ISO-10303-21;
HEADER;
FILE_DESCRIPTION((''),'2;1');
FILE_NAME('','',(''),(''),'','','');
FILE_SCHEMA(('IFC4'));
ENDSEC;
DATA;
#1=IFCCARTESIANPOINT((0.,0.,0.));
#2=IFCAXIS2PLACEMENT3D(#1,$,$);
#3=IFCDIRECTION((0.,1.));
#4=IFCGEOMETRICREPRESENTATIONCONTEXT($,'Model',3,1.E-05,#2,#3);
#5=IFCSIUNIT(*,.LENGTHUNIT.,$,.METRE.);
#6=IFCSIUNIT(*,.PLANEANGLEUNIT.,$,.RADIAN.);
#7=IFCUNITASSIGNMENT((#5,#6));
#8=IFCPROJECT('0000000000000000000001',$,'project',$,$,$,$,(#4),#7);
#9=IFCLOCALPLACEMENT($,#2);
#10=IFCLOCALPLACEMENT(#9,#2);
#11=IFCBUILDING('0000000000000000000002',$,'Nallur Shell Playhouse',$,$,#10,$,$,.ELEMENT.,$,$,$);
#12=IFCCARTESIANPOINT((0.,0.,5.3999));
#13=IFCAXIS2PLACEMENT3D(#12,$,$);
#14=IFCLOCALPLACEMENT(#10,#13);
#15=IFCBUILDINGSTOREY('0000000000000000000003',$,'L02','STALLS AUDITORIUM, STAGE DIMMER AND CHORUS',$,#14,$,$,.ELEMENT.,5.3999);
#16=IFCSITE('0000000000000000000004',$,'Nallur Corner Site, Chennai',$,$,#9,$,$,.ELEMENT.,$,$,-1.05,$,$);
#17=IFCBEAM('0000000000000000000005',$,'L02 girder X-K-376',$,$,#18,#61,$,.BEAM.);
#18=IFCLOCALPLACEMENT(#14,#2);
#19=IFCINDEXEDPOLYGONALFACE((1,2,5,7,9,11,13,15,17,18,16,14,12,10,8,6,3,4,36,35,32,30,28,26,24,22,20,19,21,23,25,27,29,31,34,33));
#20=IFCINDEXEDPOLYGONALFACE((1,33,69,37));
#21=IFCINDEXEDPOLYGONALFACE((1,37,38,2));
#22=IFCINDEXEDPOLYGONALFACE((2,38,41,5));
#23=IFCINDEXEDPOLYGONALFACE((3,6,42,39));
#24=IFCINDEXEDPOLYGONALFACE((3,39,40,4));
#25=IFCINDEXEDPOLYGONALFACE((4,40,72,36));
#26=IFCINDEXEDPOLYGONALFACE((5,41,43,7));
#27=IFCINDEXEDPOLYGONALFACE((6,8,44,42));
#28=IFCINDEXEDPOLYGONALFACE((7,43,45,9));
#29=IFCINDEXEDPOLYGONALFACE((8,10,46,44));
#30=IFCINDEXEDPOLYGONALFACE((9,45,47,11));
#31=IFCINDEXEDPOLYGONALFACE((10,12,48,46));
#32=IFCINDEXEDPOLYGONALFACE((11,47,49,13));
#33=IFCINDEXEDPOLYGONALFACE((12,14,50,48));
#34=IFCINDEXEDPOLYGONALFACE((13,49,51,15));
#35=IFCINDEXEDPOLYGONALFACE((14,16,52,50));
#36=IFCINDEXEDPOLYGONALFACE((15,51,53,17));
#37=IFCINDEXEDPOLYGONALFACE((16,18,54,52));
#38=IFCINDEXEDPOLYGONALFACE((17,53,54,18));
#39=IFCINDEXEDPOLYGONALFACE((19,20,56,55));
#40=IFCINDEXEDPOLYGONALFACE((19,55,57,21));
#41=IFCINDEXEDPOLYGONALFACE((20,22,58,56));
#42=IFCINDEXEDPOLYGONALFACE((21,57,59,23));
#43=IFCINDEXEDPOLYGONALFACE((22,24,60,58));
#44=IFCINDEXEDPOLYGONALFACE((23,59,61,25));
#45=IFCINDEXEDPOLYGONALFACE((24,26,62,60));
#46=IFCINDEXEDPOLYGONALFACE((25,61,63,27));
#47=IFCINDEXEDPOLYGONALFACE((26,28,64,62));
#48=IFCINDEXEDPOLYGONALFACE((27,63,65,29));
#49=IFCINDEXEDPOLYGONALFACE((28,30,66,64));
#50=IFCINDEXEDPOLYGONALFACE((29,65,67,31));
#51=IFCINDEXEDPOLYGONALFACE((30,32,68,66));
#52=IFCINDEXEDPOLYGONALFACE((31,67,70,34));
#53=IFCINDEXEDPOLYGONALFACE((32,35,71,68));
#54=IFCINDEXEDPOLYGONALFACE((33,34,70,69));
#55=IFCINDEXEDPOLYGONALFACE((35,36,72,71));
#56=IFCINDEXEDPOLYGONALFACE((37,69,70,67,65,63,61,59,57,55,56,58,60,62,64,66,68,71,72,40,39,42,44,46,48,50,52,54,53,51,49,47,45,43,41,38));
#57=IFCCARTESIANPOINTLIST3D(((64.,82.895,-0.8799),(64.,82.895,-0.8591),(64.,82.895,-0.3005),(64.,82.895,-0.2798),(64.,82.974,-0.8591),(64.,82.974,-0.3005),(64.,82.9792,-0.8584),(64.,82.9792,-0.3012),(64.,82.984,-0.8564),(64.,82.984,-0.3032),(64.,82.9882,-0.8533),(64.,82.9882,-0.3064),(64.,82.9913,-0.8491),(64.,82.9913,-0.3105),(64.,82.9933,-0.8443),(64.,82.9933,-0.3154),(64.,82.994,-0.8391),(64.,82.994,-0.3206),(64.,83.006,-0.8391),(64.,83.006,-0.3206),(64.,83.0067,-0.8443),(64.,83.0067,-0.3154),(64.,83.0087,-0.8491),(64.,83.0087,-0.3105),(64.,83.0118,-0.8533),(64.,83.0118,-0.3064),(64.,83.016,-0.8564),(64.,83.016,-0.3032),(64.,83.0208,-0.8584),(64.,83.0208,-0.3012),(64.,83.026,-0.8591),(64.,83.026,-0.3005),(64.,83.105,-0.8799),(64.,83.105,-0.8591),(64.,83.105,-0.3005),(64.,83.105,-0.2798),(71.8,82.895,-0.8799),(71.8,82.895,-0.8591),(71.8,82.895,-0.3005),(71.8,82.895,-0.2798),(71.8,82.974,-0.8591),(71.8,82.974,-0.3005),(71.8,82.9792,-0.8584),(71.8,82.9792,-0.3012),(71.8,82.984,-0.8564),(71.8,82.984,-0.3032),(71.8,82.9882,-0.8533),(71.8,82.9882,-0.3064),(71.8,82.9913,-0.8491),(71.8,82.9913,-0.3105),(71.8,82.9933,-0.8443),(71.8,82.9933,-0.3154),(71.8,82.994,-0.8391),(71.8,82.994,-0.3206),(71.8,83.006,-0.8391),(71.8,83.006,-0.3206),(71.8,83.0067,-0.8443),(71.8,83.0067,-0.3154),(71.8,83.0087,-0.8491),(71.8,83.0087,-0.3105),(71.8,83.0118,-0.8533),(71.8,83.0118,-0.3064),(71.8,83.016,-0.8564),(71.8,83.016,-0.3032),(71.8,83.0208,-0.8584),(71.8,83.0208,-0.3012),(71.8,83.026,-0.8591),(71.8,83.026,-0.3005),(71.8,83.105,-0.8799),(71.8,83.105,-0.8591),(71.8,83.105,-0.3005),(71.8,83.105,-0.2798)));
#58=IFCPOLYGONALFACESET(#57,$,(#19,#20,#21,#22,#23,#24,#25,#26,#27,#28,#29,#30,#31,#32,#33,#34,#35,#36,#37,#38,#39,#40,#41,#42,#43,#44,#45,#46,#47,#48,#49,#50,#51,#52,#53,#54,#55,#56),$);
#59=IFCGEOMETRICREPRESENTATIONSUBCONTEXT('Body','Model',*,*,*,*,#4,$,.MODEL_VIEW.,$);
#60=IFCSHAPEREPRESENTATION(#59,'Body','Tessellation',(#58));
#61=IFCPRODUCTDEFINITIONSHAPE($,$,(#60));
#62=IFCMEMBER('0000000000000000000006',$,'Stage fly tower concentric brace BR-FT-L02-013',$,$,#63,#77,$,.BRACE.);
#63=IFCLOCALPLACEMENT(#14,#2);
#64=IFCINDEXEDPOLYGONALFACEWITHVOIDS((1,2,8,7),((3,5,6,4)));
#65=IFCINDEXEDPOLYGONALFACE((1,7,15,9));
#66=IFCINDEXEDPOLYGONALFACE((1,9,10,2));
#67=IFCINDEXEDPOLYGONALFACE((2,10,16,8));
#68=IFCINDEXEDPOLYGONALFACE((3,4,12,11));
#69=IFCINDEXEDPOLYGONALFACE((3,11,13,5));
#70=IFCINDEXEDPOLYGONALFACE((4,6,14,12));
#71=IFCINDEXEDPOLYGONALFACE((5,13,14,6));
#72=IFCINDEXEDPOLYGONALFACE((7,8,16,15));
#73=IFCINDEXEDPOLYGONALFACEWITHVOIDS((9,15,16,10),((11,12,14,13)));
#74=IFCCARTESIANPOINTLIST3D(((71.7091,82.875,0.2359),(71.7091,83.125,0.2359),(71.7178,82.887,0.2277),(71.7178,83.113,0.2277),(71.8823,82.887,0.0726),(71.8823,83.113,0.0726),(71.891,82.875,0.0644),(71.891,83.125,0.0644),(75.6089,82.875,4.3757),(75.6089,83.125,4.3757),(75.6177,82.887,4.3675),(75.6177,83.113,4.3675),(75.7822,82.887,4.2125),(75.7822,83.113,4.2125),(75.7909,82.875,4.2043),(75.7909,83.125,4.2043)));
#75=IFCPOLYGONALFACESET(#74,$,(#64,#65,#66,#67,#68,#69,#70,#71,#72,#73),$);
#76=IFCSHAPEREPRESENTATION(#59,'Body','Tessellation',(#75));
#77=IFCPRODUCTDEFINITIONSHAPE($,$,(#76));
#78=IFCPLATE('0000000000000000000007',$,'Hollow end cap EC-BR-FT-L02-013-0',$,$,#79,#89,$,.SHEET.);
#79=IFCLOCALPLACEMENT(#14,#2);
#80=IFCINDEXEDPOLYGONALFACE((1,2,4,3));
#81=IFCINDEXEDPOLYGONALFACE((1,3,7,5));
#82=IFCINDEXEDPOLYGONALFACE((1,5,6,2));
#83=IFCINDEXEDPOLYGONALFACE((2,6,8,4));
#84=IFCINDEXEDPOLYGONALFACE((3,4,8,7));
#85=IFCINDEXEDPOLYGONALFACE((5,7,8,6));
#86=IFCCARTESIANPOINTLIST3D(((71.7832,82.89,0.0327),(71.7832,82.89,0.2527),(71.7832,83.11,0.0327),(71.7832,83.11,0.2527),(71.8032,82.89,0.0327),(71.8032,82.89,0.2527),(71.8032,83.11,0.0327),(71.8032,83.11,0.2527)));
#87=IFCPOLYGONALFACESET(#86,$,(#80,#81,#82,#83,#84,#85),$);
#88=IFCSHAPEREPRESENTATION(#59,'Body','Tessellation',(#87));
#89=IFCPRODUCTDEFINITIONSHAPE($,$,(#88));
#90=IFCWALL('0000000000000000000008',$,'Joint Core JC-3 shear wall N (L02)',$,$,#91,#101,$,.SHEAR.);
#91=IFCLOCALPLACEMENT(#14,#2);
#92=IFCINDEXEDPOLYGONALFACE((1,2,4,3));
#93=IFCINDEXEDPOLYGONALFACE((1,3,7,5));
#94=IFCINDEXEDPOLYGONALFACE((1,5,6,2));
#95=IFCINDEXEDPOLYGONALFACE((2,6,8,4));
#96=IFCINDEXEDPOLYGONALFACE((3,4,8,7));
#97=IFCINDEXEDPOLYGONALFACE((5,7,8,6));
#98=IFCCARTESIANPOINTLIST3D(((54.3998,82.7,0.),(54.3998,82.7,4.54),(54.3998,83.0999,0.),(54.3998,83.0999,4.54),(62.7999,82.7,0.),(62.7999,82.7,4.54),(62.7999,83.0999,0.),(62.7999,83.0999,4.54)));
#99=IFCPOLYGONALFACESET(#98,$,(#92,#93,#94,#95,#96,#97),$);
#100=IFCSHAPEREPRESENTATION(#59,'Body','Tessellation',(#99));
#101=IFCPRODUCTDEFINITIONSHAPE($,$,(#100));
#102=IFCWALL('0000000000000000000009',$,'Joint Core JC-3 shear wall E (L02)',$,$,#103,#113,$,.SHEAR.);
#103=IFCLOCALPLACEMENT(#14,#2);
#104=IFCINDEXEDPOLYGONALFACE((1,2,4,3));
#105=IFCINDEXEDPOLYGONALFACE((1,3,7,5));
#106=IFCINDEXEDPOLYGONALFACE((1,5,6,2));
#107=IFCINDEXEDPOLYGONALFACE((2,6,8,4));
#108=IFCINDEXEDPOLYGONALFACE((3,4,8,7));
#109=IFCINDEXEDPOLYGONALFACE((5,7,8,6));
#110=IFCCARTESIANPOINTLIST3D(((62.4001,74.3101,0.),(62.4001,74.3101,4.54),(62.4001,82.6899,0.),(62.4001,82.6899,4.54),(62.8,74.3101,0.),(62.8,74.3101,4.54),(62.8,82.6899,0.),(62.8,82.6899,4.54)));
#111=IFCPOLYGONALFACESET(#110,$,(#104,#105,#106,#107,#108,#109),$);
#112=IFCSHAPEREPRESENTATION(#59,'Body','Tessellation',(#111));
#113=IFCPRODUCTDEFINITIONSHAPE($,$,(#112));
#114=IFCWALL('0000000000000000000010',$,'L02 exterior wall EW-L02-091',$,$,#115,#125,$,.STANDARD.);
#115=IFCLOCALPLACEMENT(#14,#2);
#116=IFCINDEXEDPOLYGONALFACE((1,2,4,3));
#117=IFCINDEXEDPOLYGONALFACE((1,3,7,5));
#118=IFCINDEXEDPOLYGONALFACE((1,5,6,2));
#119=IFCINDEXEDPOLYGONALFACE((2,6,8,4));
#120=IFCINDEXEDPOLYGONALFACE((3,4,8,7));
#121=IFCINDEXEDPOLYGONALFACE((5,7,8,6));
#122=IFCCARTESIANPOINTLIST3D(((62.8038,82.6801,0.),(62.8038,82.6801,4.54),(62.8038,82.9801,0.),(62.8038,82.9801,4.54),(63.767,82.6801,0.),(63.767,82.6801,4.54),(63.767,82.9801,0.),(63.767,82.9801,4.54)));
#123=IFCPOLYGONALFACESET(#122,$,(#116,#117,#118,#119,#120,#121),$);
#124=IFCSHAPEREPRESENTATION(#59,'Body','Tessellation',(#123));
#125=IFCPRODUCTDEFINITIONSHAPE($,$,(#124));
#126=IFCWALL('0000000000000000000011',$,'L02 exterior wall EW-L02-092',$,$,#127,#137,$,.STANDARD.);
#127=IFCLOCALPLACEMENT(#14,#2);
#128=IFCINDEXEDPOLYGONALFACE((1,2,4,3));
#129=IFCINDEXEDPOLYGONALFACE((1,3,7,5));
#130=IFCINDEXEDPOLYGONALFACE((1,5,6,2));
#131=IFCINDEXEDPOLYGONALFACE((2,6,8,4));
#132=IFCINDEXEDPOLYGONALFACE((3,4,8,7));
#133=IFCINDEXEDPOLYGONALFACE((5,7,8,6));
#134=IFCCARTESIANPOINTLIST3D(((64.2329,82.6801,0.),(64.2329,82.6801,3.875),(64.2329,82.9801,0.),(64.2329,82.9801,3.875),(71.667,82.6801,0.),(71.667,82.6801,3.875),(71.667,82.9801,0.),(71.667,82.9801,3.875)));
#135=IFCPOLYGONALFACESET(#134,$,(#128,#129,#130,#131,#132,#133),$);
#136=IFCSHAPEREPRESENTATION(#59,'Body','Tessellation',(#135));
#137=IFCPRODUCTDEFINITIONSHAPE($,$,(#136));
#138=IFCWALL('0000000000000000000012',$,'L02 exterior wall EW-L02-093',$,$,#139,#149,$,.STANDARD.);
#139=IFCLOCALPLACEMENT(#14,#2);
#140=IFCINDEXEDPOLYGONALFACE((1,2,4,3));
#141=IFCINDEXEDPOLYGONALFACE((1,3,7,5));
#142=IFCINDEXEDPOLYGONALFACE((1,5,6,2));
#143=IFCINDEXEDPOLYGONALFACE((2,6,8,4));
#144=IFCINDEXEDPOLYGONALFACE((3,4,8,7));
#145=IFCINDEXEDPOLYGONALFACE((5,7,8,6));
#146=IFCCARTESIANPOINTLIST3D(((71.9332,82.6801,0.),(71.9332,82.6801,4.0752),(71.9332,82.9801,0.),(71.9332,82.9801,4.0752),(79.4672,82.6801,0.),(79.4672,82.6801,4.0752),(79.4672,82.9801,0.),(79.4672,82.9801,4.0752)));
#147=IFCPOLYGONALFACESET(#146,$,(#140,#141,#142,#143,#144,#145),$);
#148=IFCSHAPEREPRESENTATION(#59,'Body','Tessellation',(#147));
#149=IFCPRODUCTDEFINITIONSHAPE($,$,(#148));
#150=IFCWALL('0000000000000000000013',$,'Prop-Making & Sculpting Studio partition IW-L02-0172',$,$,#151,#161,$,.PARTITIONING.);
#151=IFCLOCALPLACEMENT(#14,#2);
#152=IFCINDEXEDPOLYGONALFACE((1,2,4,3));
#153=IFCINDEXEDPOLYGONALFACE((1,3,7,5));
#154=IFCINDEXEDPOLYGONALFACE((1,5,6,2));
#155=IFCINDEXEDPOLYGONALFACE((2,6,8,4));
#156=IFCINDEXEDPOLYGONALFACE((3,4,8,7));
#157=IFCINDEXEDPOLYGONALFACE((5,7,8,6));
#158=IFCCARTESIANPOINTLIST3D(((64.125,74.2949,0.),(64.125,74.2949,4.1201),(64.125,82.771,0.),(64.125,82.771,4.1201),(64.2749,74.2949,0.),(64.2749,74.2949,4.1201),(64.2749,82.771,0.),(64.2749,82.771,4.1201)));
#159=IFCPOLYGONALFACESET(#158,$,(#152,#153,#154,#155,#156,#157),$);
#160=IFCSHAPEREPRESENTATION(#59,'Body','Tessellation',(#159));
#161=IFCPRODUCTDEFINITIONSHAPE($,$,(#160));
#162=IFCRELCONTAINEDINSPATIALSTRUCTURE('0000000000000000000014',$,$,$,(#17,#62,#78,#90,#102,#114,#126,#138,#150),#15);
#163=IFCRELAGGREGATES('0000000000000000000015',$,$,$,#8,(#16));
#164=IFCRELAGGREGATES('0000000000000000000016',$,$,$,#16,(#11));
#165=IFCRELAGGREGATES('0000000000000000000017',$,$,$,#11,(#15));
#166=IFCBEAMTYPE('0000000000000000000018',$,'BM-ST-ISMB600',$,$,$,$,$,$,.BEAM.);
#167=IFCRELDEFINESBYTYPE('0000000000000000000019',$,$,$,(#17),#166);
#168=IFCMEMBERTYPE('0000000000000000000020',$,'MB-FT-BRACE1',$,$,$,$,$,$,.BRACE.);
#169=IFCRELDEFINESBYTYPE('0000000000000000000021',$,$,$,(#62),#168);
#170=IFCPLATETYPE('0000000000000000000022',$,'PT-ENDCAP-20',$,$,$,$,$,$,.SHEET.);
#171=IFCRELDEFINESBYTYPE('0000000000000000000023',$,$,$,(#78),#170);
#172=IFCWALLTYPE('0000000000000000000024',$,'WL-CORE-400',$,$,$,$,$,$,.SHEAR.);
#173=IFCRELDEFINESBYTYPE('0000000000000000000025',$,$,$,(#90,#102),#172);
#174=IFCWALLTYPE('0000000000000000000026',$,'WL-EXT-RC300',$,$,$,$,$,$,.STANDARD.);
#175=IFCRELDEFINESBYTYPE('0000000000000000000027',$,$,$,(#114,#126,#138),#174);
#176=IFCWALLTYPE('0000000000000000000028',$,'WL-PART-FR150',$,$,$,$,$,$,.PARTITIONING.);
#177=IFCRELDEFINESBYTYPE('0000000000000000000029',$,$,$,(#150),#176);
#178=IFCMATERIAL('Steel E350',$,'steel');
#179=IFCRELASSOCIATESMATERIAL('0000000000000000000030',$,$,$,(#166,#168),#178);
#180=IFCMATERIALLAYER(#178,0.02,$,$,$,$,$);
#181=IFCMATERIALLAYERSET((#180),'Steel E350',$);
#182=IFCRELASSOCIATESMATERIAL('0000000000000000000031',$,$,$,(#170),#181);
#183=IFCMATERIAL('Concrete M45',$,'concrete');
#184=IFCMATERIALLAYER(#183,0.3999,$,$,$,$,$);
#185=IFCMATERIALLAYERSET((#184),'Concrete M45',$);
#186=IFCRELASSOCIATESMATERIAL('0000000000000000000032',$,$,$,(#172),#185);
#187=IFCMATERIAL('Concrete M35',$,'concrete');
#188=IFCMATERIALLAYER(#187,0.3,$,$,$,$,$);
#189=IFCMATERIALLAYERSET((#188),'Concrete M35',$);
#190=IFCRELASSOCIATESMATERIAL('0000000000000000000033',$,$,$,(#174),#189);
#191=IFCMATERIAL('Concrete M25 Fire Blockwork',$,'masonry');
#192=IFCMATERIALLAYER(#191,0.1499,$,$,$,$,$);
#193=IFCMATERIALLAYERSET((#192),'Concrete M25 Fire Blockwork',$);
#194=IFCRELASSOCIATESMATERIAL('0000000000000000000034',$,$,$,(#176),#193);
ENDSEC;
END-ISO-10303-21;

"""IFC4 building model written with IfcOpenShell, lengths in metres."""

from ifc_helpers import new_model, si_unit, direction, frame, frame_2d, origin, origin_2d, place, context, subcontext, project, spatial, rectangle, hollow_rectangle, i_section, extrude, material, layer, layer_set, material_profile, profile_set, type_object, element, save


model = new_model("IFC4")

# Units and contexts
model_context = context("Model", 3, precision=1e-05, world=origin(), true_north=direction((0.0, 1.0)))
body_context = subcontext(model_context, "Body", "Model", "MODEL_VIEW")
ifc_project = project(units=[si_unit("LENGTHUNIT", "METRE"), si_unit("PLANEANGLEUNIT", "RADIAN")], contexts=[model_context])

# Site, building, storey
site_placement = place(None, origin())
site = spatial("IfcSite", under=ifc_project, at=site_placement, Name="Nallur Corner Site, Chennai", CompositionType="ELEMENT", RefElevation=-1.05)
building_placement = place(site_placement, origin())
building = spatial("IfcBuilding", under=site, at=building_placement, Name="Nallur Shell Playhouse", CompositionType="ELEMENT")
storey_placement = place(building_placement, frame((0.0, 0.0, 5.3999)))
storey = spatial("IfcBuildingStorey", under=building, at=storey_placement, Name="L02", Description="STALLS AUDITORIUM, STAGE DIMMER AND CHORUS", CompositionType="ELEMENT", Elevation=5.3999)

# Shared definitions
ifc_material_1 = material(Name="Steel E350", Category="steel")

# Beam
ifc_material_2 = material(Name="Concrete M35", Category="concrete")
ifc_material_profile_1 = material_profile(ifc_material_1, i_section(OverallWidth=0.21, OverallDepth=0.6001, WebThickness=0.012, FlangeThickness=0.0208, FilletRadius=0.02, at=origin_2d()), Name="ISMB 600")
ifc_profile_set_1 = profile_set([ifc_material_profile_1], Name="Steel E350")
beam_type_1 = type_object("IfcBeamType", Name="BM-ST-ISMB600", PredefinedType="BEAM", material=ifc_profile_set_1)
beam_1_placement = place(storey_placement, frame((64.0, 83.0, -0.5798), z_axis=(1.0, 0.0, 0.0), x_axis=(0.0, 1.0, 0.0)))
element("IfcBeam", 1, at=beam_1_placement, inside=storey, type_object=beam_type_1, Name="L02 girder X-K-376", PredefinedType="BEAM", context=body_context, shape_type="SweptSolid", body=[
    extrude(i_section(OverallWidth=0.21, OverallDepth=0.6001, WebThickness=0.012, FlangeThickness=0.0208, FilletRadius=0.02, at=origin_2d()), origin(), (0.0, 0.0, 1.0), 7.8),
])

# Member
ifc_material_profile_2 = material_profile(ifc_material_1, hollow_rectangle(XDim=0.25, YDim=0.25, WallThickness=0.012, at=origin_2d()), Name="SHS 250x250x12")
ifc_profile_set_2 = profile_set([ifc_material_profile_2], Name="Steel E350")
member_type = type_object("IfcMemberType", Name="MB-FT-BRACE1", PredefinedType="BRACE", material=ifc_profile_set_2)
member_placement = place(storey_placement, frame((71.8, 83.0, 0.1501), z_axis=(0.685694, 0.0, 0.72789), x_axis=(0.0, 1.0, 0.0)))
element("IfcMember", 2, at=member_placement, inside=storey, type_object=member_type, Name="Stage fly tower concentric brace BR-FT-L02-013", PredefinedType="BRACE", context=body_context, shape_type="SweptSolid", body=[
    extrude(hollow_rectangle(XDim=0.25, YDim=0.25, WallThickness=0.012, at=origin_2d()), origin(), (0.0, 0.0, 1.0), 5.6875),
])

# Plate
ifc_layer_1 = layer(ifc_material_1, 0.02)
ifc_layer_set_1 = layer_set([ifc_layer_1], Name="Steel E350")
plate_type = type_object("IfcPlateType", Name="PT-ENDCAP-20", PredefinedType="SHEET", material=ifc_layer_set_1)
plate_placement = place(storey_placement, frame((71.7932, 83.0, 0.0327), z_axis=(0.0, 0.0, 1.0), x_axis=(1.0, 0.0, 0.0)))
element("IfcPlate", 3, at=plate_placement, inside=storey, type_object=plate_type, Name="Hollow end cap EC-BR-FT-L02-013-0", PredefinedType="SHEET", context=body_context, shape_type="SweptSolid", body=[
    extrude(rectangle(XDim=0.02, YDim=0.22, at=origin_2d()), origin(), (0.0, 0.0, 1.0), 0.22),
])

# Walls
ifc_material_3 = material(Name="Concrete M45", Category="concrete")
ifc_layer_2 = layer(ifc_material_3, 0.3999)
ifc_layer_set_2 = layer_set([ifc_layer_2], Name="Concrete M45")
wall_type_1 = type_object("IfcWallType", Name="WL-CORE-400", PredefinedType="SHEAR", material=ifc_layer_set_2)
wall_1_placement = place(storey_placement, frame((62.8, 82.8999, 0.0), z_axis=(0.0, 0.0, 1.0), x_axis=(-1.0, 0.0, 0.0)))
element("IfcWall", 4, at=wall_1_placement, inside=storey, type_object=wall_type_1, Name="Joint Core JC-3 shear wall N (L02)", PredefinedType="SHEAR", context=body_context, shape_type="SweptSolid", body=[
    extrude(rectangle(XDim=8.4001, YDim=0.3999, at=frame_2d((4.2002, 0.0))), origin(), (0.0, 0.0, 1.0), 4.54),
])
wall_2_placement = place(storey_placement, frame((62.6001, 74.3101, 0.0), z_axis=(0.0, 0.0, 1.0), x_axis=(0.0, 1.0, 0.0)))
element("IfcWall", 5, at=wall_2_placement, inside=storey, type_object=wall_type_1, Name="Joint Core JC-3 shear wall E (L02)", PredefinedType="SHEAR", context=body_context, shape_type="SweptSolid", body=[
    extrude(rectangle(XDim=8.3799, YDim=0.3999, at=frame_2d((4.1899, 0.0))), origin(), (0.0, 0.0, 1.0), 4.54),
])
ifc_layer_3 = layer(ifc_material_2, 0.3)
ifc_layer_set_3 = layer_set([ifc_layer_3], Name="Concrete M35")
wall_type_2 = type_object("IfcWallType", Name="WL-EXT-RC300", PredefinedType="STANDARD", material=ifc_layer_set_3)
wall_3_placement = place(storey_placement, frame((62.804, 82.8301, 0.0), z_axis=(0.0, 0.0, 1.0), x_axis=(1.0, 0.0, 0.0)))
element("IfcWall", 6, at=wall_3_placement, inside=storey, type_object=wall_type_2, Name="L02 exterior wall EW-L02-091", PredefinedType="STANDARD", context=body_context, shape_type="SweptSolid", body=[
    extrude(rectangle(XDim=0.9631, YDim=0.3, at=frame_2d((0.4814, 0.0))), origin(), (0.0, 0.0, 1.0), 4.54),
])
wall_4_placement = place(storey_placement, frame((64.2329, 82.8301, 0.0), z_axis=(0.0, 0.0, 1.0), x_axis=(1.0, 0.0, 0.0)))
element("IfcWall", 7, at=wall_4_placement, inside=storey, type_object=wall_type_2, Name="L02 exterior wall EW-L02-092", PredefinedType="STANDARD", context=body_context, shape_type="SweptSolid", body=[
    extrude(rectangle(XDim=7.4341, YDim=0.3, at=frame_2d((3.717, 0.0))), origin(), (0.0, 0.0, 1.0), 3.875),
])
wall_5_placement = place(storey_placement, frame((71.9331, 82.8301, 0.0), z_axis=(0.0, 0.0, 1.0), x_axis=(1.0, 0.0, 0.0)))
element("IfcWall", 8, at=wall_5_placement, inside=storey, type_object=wall_type_2, Name="L02 exterior wall EW-L02-093", PredefinedType="STANDARD", context=body_context, shape_type="SweptSolid", body=[
    extrude(rectangle(XDim=7.5339, YDim=0.3, at=frame_2d((3.7671, 0.0))), origin(), (0.0, 0.0, 1.0), 4.0752),
])
ifc_material_4 = material(Name="Concrete M25 Fire Blockwork", Category="masonry")
ifc_layer_4 = layer(ifc_material_4, 0.1499)
ifc_layer_set_4 = layer_set([ifc_layer_4], Name="Concrete M25 Fire Blockwork")
wall_type_3 = type_object("IfcWallType", Name="WL-PART-FR150", PredefinedType="PARTITIONING", material=ifc_layer_set_4)
wall_6_placement = place(storey_placement, frame((64.2, 74.2949, 0.0), z_axis=(0.0, 0.0, 1.0), x_axis=(0.0, 1.0, 0.0)))
element("IfcWall", 9, at=wall_6_placement, inside=storey, type_object=wall_type_3, Name="Prop-Making & Sculpting Studio partition IW-L02-0172", PredefinedType="PARTITIONING", context=body_context, shape_type="SweptSolid", body=[
    extrude(rectangle(XDim=8.4761, YDim=0.1499, at=frame_2d((4.238, 0.0))), origin(), (0.0, 0.0, 1.0), 4.1201),
])

save(model, "model.ifc")
